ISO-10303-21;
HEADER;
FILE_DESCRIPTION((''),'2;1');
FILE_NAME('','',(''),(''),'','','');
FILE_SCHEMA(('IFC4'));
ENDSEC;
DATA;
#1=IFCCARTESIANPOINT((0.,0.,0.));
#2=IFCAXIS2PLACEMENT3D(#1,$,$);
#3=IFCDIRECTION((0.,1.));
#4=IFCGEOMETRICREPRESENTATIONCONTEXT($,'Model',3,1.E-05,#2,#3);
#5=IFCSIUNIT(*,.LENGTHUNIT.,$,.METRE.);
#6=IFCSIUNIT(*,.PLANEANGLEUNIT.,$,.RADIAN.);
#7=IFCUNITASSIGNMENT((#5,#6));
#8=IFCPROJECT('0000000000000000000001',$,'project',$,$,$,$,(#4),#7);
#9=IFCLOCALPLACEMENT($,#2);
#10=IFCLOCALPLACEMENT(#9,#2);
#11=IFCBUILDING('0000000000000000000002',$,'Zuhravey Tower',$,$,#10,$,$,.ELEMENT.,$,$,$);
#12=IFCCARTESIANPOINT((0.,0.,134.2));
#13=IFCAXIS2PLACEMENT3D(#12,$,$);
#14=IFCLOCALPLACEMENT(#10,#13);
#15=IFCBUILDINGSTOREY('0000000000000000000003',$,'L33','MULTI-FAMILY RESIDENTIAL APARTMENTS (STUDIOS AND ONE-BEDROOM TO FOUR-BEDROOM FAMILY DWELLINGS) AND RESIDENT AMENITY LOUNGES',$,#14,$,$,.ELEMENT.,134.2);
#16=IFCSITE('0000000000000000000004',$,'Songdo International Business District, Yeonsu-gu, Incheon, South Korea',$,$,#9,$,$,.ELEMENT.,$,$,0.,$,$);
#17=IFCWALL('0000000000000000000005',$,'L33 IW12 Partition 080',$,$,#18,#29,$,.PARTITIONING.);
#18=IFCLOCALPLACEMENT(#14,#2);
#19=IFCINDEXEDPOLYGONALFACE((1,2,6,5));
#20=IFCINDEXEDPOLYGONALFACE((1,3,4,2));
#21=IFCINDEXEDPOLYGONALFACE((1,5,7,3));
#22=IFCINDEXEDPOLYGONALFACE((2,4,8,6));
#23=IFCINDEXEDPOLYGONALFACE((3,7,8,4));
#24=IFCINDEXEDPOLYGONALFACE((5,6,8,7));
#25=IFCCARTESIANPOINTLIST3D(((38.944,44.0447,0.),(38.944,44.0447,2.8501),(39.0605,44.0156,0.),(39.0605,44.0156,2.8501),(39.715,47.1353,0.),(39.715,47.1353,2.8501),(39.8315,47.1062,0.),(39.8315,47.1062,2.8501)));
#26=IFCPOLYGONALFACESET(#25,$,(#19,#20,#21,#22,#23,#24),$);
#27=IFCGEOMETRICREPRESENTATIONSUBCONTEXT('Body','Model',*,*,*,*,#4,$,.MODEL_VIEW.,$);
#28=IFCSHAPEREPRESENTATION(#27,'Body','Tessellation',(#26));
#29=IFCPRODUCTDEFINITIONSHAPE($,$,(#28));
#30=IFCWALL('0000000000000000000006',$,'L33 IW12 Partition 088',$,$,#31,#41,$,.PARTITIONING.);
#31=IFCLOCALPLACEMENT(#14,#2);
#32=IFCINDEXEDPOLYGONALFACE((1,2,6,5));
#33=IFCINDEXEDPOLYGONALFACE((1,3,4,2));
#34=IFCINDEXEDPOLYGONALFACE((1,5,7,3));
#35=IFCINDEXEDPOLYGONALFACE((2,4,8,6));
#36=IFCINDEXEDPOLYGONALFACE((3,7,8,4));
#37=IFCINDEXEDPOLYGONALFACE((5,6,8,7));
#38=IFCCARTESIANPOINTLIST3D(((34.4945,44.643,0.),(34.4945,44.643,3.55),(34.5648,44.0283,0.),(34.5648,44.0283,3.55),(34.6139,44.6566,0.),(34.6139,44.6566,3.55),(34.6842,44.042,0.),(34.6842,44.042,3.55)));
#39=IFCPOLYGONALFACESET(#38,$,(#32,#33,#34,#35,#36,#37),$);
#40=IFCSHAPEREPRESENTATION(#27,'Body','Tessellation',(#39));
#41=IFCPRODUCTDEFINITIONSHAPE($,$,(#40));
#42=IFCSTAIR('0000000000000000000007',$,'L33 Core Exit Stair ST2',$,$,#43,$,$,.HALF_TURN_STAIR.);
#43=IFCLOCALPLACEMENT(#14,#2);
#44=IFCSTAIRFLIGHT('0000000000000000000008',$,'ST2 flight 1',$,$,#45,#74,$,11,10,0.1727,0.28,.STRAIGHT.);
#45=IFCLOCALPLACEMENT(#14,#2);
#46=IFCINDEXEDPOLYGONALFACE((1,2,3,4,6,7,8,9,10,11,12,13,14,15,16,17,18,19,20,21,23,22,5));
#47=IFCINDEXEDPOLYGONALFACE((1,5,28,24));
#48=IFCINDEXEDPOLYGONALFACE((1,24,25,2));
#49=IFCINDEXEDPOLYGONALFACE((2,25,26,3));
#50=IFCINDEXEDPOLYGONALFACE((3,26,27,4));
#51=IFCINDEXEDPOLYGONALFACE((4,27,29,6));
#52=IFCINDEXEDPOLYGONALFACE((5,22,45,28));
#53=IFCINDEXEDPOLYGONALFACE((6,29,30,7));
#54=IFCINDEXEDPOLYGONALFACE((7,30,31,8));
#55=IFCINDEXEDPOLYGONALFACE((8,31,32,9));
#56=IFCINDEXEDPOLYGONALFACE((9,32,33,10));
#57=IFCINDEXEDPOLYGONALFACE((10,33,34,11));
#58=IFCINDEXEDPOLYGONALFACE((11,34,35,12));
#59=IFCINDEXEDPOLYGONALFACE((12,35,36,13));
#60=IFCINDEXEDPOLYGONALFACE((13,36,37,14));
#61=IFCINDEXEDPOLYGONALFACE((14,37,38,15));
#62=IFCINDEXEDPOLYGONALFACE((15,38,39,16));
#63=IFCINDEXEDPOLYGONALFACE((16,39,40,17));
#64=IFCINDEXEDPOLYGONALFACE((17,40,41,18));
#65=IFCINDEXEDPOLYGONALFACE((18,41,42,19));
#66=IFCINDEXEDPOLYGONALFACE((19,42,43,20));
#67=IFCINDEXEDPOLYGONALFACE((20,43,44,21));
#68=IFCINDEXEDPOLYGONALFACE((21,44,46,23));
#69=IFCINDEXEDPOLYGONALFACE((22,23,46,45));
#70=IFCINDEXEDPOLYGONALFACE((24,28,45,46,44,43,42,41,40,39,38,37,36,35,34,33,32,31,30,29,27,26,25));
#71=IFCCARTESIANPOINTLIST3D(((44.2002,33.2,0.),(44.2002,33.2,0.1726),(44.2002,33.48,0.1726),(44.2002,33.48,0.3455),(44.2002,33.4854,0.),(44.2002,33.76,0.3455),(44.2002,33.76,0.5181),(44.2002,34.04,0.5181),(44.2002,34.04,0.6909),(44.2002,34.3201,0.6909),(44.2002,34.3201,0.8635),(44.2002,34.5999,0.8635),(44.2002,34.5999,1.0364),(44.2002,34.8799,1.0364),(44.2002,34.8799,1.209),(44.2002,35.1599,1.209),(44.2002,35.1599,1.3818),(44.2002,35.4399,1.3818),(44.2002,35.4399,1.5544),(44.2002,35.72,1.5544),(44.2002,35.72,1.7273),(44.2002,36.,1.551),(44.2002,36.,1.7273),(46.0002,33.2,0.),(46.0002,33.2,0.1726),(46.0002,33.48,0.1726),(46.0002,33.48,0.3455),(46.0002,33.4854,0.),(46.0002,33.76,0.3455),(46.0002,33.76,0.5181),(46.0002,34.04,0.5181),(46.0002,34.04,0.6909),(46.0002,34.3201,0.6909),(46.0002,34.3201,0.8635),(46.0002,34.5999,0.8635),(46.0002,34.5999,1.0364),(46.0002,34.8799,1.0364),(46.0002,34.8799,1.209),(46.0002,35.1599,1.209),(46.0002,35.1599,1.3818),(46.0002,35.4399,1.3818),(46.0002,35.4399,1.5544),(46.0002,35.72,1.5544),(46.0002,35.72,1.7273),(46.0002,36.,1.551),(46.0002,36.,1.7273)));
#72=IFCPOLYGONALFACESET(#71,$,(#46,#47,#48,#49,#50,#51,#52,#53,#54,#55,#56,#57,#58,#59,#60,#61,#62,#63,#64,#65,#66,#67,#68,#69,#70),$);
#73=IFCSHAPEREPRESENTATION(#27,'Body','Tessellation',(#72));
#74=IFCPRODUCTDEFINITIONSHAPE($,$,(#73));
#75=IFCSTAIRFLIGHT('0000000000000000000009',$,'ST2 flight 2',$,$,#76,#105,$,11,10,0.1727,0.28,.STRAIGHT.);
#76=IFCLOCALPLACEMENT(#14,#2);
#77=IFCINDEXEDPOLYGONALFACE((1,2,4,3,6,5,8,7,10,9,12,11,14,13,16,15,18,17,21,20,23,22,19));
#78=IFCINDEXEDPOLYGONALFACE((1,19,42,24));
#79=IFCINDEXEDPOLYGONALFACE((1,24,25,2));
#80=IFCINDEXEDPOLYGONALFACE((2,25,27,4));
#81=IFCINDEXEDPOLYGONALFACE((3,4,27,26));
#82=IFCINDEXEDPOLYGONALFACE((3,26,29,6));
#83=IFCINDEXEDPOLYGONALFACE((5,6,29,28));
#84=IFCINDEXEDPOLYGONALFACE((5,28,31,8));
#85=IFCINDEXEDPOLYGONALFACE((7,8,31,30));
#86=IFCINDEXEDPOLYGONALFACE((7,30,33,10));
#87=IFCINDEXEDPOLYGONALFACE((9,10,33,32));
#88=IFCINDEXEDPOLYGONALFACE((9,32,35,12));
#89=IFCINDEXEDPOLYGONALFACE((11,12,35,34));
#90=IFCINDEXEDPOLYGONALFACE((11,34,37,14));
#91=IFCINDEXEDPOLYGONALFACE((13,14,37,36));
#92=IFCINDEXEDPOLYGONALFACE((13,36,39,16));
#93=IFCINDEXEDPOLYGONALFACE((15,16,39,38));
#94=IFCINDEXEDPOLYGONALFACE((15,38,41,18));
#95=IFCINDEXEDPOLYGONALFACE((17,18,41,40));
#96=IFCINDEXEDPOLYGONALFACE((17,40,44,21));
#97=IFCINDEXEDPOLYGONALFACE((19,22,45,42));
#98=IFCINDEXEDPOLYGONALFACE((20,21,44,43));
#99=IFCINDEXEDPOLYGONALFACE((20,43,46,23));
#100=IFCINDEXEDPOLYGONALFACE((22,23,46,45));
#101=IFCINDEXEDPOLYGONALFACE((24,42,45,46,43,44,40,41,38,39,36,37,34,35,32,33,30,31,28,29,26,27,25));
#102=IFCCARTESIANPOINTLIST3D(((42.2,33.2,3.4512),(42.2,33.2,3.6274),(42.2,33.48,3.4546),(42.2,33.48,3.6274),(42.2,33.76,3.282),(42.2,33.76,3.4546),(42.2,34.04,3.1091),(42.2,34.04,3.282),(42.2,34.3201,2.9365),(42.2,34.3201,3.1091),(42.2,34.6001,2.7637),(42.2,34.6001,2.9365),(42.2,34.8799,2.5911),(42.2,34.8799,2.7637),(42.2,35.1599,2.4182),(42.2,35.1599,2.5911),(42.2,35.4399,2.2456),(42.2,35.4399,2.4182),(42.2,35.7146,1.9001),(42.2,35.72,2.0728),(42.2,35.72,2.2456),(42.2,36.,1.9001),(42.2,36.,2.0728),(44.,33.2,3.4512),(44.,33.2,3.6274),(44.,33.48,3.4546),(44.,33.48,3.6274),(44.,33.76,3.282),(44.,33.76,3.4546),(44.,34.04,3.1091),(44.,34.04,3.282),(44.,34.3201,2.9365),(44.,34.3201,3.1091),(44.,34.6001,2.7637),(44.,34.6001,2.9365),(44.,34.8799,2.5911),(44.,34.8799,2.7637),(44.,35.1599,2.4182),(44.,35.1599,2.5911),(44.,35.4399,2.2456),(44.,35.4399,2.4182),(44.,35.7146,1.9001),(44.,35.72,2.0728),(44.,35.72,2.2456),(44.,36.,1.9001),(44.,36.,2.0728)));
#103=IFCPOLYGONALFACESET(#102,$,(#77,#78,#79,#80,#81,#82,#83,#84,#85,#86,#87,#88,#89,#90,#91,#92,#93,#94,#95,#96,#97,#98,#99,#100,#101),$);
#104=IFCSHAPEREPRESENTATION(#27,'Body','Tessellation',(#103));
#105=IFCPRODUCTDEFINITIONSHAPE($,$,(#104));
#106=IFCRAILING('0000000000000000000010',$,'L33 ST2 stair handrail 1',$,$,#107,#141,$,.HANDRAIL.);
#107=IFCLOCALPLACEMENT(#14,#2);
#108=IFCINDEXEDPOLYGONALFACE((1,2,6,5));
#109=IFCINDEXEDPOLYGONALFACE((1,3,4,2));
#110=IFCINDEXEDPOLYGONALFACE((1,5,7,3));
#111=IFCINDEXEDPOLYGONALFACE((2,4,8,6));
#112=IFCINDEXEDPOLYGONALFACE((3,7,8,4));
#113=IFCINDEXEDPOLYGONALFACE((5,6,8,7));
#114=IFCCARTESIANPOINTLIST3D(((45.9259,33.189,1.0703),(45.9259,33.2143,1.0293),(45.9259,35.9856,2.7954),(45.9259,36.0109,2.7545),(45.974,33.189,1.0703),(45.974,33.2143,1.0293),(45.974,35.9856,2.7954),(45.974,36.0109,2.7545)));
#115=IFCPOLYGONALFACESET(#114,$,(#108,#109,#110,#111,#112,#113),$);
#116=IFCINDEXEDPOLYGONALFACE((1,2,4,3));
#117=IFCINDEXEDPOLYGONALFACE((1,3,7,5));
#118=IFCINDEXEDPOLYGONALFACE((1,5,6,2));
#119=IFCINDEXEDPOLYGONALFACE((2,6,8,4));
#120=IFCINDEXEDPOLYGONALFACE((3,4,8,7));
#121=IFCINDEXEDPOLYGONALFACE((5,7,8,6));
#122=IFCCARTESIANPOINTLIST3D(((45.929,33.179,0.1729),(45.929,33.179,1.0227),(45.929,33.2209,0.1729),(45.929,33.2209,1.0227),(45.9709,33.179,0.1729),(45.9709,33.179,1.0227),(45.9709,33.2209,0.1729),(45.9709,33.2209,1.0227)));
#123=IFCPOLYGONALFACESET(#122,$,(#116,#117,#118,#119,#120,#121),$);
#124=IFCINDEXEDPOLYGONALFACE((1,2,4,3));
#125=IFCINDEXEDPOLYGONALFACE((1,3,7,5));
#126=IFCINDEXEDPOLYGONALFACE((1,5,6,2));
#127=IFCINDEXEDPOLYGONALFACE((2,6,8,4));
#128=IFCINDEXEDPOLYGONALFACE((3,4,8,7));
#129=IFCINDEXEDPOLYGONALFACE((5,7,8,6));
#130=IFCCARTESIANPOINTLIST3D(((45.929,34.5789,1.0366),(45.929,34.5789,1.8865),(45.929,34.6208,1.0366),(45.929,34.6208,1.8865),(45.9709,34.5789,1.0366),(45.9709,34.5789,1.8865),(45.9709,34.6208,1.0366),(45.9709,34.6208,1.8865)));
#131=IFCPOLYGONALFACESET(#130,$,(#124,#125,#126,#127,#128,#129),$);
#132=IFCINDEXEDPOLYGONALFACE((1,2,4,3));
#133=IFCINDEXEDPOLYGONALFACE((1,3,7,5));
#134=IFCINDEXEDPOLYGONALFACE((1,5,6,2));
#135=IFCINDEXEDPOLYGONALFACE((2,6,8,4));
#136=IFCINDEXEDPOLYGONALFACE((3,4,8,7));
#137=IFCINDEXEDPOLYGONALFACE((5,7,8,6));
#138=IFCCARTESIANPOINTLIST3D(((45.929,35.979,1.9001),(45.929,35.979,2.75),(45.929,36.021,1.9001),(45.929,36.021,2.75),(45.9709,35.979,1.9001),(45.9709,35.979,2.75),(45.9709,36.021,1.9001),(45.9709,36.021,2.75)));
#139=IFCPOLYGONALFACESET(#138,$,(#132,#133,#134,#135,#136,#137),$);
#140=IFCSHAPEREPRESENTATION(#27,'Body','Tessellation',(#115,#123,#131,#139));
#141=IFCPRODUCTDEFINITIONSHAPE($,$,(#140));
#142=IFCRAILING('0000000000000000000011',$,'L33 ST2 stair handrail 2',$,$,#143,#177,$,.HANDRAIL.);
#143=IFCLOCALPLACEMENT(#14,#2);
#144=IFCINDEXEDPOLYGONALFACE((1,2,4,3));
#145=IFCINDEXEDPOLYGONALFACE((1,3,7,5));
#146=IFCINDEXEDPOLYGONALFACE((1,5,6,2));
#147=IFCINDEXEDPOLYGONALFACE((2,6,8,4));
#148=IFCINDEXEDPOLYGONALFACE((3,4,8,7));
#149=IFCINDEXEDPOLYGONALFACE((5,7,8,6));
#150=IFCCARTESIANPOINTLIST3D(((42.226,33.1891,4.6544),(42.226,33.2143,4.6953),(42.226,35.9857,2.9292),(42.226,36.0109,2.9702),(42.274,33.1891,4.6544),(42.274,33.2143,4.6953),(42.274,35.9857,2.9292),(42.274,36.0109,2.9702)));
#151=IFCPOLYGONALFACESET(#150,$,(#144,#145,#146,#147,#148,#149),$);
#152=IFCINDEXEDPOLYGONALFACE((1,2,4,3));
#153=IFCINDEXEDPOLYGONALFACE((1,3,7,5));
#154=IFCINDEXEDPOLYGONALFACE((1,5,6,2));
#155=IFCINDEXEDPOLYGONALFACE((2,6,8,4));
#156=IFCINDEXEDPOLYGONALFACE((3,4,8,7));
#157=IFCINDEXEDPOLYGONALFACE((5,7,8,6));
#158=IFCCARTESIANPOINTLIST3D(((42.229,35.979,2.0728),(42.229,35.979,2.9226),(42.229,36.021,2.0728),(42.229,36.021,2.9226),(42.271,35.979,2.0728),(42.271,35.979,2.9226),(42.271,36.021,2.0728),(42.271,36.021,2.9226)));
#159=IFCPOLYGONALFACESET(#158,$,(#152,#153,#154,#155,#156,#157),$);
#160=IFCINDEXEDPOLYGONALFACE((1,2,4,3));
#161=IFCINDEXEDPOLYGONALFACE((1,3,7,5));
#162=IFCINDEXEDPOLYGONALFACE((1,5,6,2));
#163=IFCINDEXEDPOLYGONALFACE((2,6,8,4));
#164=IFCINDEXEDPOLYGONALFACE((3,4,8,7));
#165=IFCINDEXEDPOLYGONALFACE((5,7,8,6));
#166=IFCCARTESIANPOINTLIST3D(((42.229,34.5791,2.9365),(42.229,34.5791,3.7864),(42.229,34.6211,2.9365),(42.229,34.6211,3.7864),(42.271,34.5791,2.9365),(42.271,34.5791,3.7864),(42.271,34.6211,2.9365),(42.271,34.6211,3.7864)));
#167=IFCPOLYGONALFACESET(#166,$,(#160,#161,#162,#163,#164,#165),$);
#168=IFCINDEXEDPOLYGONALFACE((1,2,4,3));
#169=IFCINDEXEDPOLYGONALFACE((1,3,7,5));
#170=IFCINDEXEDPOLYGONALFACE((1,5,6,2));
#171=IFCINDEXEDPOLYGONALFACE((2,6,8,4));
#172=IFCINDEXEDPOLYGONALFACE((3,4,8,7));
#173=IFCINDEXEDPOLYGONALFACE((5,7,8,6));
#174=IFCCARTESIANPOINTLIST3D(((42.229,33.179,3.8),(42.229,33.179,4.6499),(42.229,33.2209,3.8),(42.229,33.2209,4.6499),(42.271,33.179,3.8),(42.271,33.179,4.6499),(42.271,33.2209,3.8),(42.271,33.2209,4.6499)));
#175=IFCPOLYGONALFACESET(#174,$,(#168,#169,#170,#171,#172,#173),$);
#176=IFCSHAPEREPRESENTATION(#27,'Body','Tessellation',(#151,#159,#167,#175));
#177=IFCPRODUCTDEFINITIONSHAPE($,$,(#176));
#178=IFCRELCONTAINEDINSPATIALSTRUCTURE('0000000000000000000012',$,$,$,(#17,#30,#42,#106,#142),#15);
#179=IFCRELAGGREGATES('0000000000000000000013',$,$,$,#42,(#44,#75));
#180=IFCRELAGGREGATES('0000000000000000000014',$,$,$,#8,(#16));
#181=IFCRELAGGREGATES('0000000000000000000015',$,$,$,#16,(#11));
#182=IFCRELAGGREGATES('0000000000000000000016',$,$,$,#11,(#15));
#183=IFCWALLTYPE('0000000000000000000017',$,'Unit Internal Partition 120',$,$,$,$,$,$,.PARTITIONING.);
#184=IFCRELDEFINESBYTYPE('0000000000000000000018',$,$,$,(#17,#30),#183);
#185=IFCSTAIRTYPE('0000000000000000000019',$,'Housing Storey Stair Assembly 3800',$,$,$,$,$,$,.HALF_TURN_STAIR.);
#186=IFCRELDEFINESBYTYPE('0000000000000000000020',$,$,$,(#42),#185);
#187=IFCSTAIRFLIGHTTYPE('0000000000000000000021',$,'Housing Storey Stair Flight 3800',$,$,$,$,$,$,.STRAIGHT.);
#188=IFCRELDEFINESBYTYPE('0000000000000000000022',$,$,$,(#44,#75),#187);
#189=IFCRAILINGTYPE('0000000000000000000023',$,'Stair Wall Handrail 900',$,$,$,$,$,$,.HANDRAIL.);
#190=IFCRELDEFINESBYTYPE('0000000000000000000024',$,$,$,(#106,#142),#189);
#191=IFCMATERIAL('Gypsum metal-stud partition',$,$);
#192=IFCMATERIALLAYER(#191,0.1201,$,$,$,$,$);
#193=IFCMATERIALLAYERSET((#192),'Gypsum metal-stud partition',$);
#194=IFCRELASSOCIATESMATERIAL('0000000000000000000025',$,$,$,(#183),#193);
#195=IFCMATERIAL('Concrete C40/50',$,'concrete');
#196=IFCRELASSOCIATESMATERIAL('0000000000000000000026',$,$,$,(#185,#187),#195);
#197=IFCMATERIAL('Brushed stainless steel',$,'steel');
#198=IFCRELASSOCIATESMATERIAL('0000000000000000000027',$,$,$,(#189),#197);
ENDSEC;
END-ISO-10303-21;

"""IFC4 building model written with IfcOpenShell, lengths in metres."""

from ifc_helpers import new_model, si_unit, direction, frame, frame_2d, origin, origin_2d, place, context, subcontext, project, spatial, polyline, rectangle, outline, extrude, material, layer, layer_set, type_object, element, aggregate, save


model = new_model("IFC4")

# Units and contexts
model_context = context("Model", 3, precision=1e-05, world=origin(), true_north=direction((0.0, 1.0)))
body_context = subcontext(model_context, "Body", "Model", "MODEL_VIEW")
ifc_project = project(units=[si_unit("LENGTHUNIT", "METRE"), si_unit("PLANEANGLEUNIT", "RADIAN")], contexts=[model_context])

# Site, building, storey
site_placement = place(None, origin())
site = spatial("IfcSite", under=ifc_project, at=site_placement, Name="Songdo International Business District, Yeonsu-gu, Incheon, South Korea", CompositionType="ELEMENT", RefElevation=0.0)
building_placement = place(site_placement, origin())
building = spatial("IfcBuilding", under=site, at=building_placement, Name="Zuhravey Tower", CompositionType="ELEMENT")
storey_placement = place(building_placement, frame((0.0, 0.0, 134.2)))
storey = spatial("IfcBuildingStorey", under=building, at=storey_placement, Name="L33", Description="MULTI-FAMILY RESIDENTIAL APARTMENTS (STUDIOS AND ONE-BEDROOM TO FOUR-BEDROOM FAMILY DWELLINGS) AND RESIDENT AMENITY LOUNGES", CompositionType="ELEMENT", Elevation=134.2)

# Walls
ifc_material_1 = material(Name="Gypsum metal-stud partition")
ifc_layer_1 = layer(ifc_material_1, 0.1201)
ifc_layer_set_1 = layer_set([ifc_layer_1], Name="Gypsum metal-stud partition")
wall_type_1 = type_object("IfcWallType", Name="Unit Internal Partition 120", PredefinedType="PARTITIONING", material=ifc_layer_set_1)
wall_1_placement = place(storey_placement, frame((39.0022, 44.03, 0.0), z_axis=(0.0, 0.0, 1.0), x_axis=(0.242049, 0.970264, 0.0)))
element("IfcWall", 1, at=wall_1_placement, inside=storey, type_object=wall_type_1, Name="L33 IW12 Partition 080", PredefinedType="PARTITIONING", context=body_context, shape_type="SweptSolid", body=[
    extrude(rectangle(XDim=3.1853, YDim=0.1201, at=frame_2d((1.5928, 0.0))), origin(), (0.0, 0.0, 1.0), 2.8501),
])
wall_2_placement = place(storey_placement, frame((34.6245, 44.0352, 0.0), z_axis=(0.0, 0.0, 1.0), x_axis=(-0.113636, 0.993522, 0.0)))
element("IfcWall", 2, at=wall_2_placement, inside=storey, type_object=wall_type_1, Name="L33 IW12 Partition 088", PredefinedType="PARTITIONING", context=body_context, shape_type="SweptSolid", body=[
    extrude(rectangle(XDim=0.6187, YDim=0.1201, at=frame_2d((0.3093, 0.0))), origin(), (0.0, 0.0, 1.0), 3.55),
])

# Stair, stair flights
ifc_material_2 = material(Name="Concrete C40/50", Category="concrete")
stair_type = type_object("IfcStairType", Name="Housing Storey Stair Assembly 3800", PredefinedType="HALF_TURN_STAIR", material=ifc_material_2)
stair_placement = place(storey_placement, origin())
stair = element("IfcStair", 3, at=stair_placement, inside=storey, type_object=stair_type, Name="L33 Core Exit Stair ST2", PredefinedType="HALF_TURN_STAIR")
stair_flight_type = type_object("IfcStairFlightType", Name="Housing Storey Stair Flight 3800", PredefinedType="STRAIGHT", material=ifc_material_2)
stair_flight_1_placement = place(storey_placement, frame((45.1001, 33.2, 0.0), z_axis=(0.0, 0.0, 1.0), x_axis=(0.0, 1.0, 0.0)))
stair_flight_1 = element("IfcStairFlight", 4, at=stair_flight_1_placement, type_object=stair_flight_type, Name="ST2 flight 1", NumberOfRisers=11, NumberOfTreads=10, PredefinedType="STRAIGHT", RiserHeight=0.1727, TreadLength=0.28, context=body_context, shape_type="SweptSolid", body=[
    extrude(outline(polyline([(0.0, 0.0), (0.0, 0.1726), (0.28, 0.1726), (0.28, 0.3455), (0.5601, 0.3455), (0.5601, 0.5181), (0.8401, 0.5181), (0.8401, 0.6909), (1.1201, 0.6909), (1.1201, 0.8635), (1.3999, 0.8635), (1.3999, 1.0364), (1.6799, 1.0364), (1.6799, 1.209), (1.96, 1.209), (1.96, 1.3818), (2.24, 1.3818), (2.24, 1.5544), (2.52, 1.5544), (2.52, 1.7273), (2.8, 1.7273), (2.8, 1.8999), (2.8, 1.551), (0.2854, 0.0), (0.0, 0.0)])), frame((0.0, 0.8999, 0.0), z_axis=(0.0, -1.0, 0.0), x_axis=(1.0, 0.0, 0.0)), (0.0, 0.0, 1.0), 1.8),
])
stair_flight_2_placement = place(storey_placement, frame((43.1001, 36.0, 1.9001), z_axis=(0.0, 0.0, 1.0), x_axis=(0.0, -1.0, 0.0)))
stair_flight_2 = element("IfcStairFlight", 5, at=stair_flight_2_placement, type_object=stair_flight_type, Name="ST2 flight 2", NumberOfRisers=11, NumberOfTreads=10, PredefinedType="STRAIGHT", RiserHeight=0.1727, TreadLength=0.28, context=body_context, shape_type="SweptSolid", body=[
    extrude(outline(polyline([(0.0, 0.0), (0.0, 0.1726), (0.28, 0.1726), (0.28, 0.3455), (0.5601, 0.3455), (0.5601, 0.5181), (0.8401, 0.5181), (0.8401, 0.6909), (1.1201, 0.6909), (1.1201, 0.8635), (1.3999, 0.8635), (1.3999, 1.0364), (1.6799, 1.0364), (1.6799, 1.209), (1.96, 1.209), (1.96, 1.3818), (2.24, 1.3818), (2.24, 1.5544), (2.52, 1.5544), (2.52, 1.7273), (2.8, 1.7273), (2.8, 1.8999), (2.8, 1.551), (0.2854, 0.0), (0.0, 0.0)])), frame((0.0, 0.8999, 0.0), z_axis=(0.0, -1.0, 0.0), x_axis=(1.0, 0.0, 0.0)), (0.0, 0.0, 1.0), 1.8),
])
aggregate(stair, [stair_flight_1, stair_flight_2])

# Railings
ifc_material_3 = material(Name="Brushed stainless steel", Category="steel")
railing_type_1 = type_object("IfcRailingType", Name="Stair Wall Handrail 900", PredefinedType="HANDRAIL", material=ifc_material_3)
railing_1_placement = place(storey_placement, frame((45.95, 33.2, 0.1729)))
element("IfcRailing", 6, at=railing_1_placement, inside=storey, type_object=railing_type_1, Name="L33 ST2 stair handrail 1", PredefinedType="HANDRAIL", context=body_context, shape_type="SweptSolid", body=[
    extrude(rectangle(XDim=0.0481, YDim=0.0481, at=origin_2d()), frame((0.0, 0.0017, 0.877), z_axis=(0.0, 0.85109, 0.52502), x_axis=(-1.0, 0.0, 0.0)), (0.0, 0.0, 1.0), 3.2859),
    extrude(rectangle(XDim=0.042, YDim=0.042, at=origin_2d()), origin(), (0.0, 0.0, 1.0), 0.8499),
    extrude(rectangle(XDim=0.042, YDim=0.042, at=origin_2d()), frame((0.0, 1.3999, 0.8638)), (0.0, 0.0, 1.0), 0.8499),
    extrude(rectangle(XDim=0.042, YDim=0.042, at=origin_2d()), frame((0.0, 2.8, 1.7273)), (0.0, 0.0, 1.0), 0.8499),
])
railing_2_placement = place(storey_placement, frame((42.25, 36.0, 2.0728)))
element("IfcRailing", 7, at=railing_2_placement, inside=storey, type_object=railing_type_1, Name="L33 ST2 stair handrail 2", PredefinedType="HANDRAIL", context=body_context, shape_type="SweptSolid", body=[
    extrude(rectangle(XDim=0.0481, YDim=0.0481, at=origin_2d()), frame((0.0, -0.0017, 0.877), z_axis=(0.0, -0.85109, 0.52502), x_axis=(1.0, 0.0, 0.0)), (0.0, 0.0, 1.0), 3.2859),
    extrude(rectangle(XDim=0.042, YDim=0.042, at=origin_2d()), origin(), (0.0, 0.0, 1.0), 0.8499),
    extrude(rectangle(XDim=0.042, YDim=0.042, at=origin_2d()), frame((0.0, -1.3999, 0.8638)), (0.0, 0.0, 1.0), 0.8499),
    extrude(rectangle(XDim=0.042, YDim=0.042, at=origin_2d()), frame((0.0, -2.8, 1.7273)), (0.0, 0.0, 1.0), 0.8499),
])

save(model, "model.ifc")
